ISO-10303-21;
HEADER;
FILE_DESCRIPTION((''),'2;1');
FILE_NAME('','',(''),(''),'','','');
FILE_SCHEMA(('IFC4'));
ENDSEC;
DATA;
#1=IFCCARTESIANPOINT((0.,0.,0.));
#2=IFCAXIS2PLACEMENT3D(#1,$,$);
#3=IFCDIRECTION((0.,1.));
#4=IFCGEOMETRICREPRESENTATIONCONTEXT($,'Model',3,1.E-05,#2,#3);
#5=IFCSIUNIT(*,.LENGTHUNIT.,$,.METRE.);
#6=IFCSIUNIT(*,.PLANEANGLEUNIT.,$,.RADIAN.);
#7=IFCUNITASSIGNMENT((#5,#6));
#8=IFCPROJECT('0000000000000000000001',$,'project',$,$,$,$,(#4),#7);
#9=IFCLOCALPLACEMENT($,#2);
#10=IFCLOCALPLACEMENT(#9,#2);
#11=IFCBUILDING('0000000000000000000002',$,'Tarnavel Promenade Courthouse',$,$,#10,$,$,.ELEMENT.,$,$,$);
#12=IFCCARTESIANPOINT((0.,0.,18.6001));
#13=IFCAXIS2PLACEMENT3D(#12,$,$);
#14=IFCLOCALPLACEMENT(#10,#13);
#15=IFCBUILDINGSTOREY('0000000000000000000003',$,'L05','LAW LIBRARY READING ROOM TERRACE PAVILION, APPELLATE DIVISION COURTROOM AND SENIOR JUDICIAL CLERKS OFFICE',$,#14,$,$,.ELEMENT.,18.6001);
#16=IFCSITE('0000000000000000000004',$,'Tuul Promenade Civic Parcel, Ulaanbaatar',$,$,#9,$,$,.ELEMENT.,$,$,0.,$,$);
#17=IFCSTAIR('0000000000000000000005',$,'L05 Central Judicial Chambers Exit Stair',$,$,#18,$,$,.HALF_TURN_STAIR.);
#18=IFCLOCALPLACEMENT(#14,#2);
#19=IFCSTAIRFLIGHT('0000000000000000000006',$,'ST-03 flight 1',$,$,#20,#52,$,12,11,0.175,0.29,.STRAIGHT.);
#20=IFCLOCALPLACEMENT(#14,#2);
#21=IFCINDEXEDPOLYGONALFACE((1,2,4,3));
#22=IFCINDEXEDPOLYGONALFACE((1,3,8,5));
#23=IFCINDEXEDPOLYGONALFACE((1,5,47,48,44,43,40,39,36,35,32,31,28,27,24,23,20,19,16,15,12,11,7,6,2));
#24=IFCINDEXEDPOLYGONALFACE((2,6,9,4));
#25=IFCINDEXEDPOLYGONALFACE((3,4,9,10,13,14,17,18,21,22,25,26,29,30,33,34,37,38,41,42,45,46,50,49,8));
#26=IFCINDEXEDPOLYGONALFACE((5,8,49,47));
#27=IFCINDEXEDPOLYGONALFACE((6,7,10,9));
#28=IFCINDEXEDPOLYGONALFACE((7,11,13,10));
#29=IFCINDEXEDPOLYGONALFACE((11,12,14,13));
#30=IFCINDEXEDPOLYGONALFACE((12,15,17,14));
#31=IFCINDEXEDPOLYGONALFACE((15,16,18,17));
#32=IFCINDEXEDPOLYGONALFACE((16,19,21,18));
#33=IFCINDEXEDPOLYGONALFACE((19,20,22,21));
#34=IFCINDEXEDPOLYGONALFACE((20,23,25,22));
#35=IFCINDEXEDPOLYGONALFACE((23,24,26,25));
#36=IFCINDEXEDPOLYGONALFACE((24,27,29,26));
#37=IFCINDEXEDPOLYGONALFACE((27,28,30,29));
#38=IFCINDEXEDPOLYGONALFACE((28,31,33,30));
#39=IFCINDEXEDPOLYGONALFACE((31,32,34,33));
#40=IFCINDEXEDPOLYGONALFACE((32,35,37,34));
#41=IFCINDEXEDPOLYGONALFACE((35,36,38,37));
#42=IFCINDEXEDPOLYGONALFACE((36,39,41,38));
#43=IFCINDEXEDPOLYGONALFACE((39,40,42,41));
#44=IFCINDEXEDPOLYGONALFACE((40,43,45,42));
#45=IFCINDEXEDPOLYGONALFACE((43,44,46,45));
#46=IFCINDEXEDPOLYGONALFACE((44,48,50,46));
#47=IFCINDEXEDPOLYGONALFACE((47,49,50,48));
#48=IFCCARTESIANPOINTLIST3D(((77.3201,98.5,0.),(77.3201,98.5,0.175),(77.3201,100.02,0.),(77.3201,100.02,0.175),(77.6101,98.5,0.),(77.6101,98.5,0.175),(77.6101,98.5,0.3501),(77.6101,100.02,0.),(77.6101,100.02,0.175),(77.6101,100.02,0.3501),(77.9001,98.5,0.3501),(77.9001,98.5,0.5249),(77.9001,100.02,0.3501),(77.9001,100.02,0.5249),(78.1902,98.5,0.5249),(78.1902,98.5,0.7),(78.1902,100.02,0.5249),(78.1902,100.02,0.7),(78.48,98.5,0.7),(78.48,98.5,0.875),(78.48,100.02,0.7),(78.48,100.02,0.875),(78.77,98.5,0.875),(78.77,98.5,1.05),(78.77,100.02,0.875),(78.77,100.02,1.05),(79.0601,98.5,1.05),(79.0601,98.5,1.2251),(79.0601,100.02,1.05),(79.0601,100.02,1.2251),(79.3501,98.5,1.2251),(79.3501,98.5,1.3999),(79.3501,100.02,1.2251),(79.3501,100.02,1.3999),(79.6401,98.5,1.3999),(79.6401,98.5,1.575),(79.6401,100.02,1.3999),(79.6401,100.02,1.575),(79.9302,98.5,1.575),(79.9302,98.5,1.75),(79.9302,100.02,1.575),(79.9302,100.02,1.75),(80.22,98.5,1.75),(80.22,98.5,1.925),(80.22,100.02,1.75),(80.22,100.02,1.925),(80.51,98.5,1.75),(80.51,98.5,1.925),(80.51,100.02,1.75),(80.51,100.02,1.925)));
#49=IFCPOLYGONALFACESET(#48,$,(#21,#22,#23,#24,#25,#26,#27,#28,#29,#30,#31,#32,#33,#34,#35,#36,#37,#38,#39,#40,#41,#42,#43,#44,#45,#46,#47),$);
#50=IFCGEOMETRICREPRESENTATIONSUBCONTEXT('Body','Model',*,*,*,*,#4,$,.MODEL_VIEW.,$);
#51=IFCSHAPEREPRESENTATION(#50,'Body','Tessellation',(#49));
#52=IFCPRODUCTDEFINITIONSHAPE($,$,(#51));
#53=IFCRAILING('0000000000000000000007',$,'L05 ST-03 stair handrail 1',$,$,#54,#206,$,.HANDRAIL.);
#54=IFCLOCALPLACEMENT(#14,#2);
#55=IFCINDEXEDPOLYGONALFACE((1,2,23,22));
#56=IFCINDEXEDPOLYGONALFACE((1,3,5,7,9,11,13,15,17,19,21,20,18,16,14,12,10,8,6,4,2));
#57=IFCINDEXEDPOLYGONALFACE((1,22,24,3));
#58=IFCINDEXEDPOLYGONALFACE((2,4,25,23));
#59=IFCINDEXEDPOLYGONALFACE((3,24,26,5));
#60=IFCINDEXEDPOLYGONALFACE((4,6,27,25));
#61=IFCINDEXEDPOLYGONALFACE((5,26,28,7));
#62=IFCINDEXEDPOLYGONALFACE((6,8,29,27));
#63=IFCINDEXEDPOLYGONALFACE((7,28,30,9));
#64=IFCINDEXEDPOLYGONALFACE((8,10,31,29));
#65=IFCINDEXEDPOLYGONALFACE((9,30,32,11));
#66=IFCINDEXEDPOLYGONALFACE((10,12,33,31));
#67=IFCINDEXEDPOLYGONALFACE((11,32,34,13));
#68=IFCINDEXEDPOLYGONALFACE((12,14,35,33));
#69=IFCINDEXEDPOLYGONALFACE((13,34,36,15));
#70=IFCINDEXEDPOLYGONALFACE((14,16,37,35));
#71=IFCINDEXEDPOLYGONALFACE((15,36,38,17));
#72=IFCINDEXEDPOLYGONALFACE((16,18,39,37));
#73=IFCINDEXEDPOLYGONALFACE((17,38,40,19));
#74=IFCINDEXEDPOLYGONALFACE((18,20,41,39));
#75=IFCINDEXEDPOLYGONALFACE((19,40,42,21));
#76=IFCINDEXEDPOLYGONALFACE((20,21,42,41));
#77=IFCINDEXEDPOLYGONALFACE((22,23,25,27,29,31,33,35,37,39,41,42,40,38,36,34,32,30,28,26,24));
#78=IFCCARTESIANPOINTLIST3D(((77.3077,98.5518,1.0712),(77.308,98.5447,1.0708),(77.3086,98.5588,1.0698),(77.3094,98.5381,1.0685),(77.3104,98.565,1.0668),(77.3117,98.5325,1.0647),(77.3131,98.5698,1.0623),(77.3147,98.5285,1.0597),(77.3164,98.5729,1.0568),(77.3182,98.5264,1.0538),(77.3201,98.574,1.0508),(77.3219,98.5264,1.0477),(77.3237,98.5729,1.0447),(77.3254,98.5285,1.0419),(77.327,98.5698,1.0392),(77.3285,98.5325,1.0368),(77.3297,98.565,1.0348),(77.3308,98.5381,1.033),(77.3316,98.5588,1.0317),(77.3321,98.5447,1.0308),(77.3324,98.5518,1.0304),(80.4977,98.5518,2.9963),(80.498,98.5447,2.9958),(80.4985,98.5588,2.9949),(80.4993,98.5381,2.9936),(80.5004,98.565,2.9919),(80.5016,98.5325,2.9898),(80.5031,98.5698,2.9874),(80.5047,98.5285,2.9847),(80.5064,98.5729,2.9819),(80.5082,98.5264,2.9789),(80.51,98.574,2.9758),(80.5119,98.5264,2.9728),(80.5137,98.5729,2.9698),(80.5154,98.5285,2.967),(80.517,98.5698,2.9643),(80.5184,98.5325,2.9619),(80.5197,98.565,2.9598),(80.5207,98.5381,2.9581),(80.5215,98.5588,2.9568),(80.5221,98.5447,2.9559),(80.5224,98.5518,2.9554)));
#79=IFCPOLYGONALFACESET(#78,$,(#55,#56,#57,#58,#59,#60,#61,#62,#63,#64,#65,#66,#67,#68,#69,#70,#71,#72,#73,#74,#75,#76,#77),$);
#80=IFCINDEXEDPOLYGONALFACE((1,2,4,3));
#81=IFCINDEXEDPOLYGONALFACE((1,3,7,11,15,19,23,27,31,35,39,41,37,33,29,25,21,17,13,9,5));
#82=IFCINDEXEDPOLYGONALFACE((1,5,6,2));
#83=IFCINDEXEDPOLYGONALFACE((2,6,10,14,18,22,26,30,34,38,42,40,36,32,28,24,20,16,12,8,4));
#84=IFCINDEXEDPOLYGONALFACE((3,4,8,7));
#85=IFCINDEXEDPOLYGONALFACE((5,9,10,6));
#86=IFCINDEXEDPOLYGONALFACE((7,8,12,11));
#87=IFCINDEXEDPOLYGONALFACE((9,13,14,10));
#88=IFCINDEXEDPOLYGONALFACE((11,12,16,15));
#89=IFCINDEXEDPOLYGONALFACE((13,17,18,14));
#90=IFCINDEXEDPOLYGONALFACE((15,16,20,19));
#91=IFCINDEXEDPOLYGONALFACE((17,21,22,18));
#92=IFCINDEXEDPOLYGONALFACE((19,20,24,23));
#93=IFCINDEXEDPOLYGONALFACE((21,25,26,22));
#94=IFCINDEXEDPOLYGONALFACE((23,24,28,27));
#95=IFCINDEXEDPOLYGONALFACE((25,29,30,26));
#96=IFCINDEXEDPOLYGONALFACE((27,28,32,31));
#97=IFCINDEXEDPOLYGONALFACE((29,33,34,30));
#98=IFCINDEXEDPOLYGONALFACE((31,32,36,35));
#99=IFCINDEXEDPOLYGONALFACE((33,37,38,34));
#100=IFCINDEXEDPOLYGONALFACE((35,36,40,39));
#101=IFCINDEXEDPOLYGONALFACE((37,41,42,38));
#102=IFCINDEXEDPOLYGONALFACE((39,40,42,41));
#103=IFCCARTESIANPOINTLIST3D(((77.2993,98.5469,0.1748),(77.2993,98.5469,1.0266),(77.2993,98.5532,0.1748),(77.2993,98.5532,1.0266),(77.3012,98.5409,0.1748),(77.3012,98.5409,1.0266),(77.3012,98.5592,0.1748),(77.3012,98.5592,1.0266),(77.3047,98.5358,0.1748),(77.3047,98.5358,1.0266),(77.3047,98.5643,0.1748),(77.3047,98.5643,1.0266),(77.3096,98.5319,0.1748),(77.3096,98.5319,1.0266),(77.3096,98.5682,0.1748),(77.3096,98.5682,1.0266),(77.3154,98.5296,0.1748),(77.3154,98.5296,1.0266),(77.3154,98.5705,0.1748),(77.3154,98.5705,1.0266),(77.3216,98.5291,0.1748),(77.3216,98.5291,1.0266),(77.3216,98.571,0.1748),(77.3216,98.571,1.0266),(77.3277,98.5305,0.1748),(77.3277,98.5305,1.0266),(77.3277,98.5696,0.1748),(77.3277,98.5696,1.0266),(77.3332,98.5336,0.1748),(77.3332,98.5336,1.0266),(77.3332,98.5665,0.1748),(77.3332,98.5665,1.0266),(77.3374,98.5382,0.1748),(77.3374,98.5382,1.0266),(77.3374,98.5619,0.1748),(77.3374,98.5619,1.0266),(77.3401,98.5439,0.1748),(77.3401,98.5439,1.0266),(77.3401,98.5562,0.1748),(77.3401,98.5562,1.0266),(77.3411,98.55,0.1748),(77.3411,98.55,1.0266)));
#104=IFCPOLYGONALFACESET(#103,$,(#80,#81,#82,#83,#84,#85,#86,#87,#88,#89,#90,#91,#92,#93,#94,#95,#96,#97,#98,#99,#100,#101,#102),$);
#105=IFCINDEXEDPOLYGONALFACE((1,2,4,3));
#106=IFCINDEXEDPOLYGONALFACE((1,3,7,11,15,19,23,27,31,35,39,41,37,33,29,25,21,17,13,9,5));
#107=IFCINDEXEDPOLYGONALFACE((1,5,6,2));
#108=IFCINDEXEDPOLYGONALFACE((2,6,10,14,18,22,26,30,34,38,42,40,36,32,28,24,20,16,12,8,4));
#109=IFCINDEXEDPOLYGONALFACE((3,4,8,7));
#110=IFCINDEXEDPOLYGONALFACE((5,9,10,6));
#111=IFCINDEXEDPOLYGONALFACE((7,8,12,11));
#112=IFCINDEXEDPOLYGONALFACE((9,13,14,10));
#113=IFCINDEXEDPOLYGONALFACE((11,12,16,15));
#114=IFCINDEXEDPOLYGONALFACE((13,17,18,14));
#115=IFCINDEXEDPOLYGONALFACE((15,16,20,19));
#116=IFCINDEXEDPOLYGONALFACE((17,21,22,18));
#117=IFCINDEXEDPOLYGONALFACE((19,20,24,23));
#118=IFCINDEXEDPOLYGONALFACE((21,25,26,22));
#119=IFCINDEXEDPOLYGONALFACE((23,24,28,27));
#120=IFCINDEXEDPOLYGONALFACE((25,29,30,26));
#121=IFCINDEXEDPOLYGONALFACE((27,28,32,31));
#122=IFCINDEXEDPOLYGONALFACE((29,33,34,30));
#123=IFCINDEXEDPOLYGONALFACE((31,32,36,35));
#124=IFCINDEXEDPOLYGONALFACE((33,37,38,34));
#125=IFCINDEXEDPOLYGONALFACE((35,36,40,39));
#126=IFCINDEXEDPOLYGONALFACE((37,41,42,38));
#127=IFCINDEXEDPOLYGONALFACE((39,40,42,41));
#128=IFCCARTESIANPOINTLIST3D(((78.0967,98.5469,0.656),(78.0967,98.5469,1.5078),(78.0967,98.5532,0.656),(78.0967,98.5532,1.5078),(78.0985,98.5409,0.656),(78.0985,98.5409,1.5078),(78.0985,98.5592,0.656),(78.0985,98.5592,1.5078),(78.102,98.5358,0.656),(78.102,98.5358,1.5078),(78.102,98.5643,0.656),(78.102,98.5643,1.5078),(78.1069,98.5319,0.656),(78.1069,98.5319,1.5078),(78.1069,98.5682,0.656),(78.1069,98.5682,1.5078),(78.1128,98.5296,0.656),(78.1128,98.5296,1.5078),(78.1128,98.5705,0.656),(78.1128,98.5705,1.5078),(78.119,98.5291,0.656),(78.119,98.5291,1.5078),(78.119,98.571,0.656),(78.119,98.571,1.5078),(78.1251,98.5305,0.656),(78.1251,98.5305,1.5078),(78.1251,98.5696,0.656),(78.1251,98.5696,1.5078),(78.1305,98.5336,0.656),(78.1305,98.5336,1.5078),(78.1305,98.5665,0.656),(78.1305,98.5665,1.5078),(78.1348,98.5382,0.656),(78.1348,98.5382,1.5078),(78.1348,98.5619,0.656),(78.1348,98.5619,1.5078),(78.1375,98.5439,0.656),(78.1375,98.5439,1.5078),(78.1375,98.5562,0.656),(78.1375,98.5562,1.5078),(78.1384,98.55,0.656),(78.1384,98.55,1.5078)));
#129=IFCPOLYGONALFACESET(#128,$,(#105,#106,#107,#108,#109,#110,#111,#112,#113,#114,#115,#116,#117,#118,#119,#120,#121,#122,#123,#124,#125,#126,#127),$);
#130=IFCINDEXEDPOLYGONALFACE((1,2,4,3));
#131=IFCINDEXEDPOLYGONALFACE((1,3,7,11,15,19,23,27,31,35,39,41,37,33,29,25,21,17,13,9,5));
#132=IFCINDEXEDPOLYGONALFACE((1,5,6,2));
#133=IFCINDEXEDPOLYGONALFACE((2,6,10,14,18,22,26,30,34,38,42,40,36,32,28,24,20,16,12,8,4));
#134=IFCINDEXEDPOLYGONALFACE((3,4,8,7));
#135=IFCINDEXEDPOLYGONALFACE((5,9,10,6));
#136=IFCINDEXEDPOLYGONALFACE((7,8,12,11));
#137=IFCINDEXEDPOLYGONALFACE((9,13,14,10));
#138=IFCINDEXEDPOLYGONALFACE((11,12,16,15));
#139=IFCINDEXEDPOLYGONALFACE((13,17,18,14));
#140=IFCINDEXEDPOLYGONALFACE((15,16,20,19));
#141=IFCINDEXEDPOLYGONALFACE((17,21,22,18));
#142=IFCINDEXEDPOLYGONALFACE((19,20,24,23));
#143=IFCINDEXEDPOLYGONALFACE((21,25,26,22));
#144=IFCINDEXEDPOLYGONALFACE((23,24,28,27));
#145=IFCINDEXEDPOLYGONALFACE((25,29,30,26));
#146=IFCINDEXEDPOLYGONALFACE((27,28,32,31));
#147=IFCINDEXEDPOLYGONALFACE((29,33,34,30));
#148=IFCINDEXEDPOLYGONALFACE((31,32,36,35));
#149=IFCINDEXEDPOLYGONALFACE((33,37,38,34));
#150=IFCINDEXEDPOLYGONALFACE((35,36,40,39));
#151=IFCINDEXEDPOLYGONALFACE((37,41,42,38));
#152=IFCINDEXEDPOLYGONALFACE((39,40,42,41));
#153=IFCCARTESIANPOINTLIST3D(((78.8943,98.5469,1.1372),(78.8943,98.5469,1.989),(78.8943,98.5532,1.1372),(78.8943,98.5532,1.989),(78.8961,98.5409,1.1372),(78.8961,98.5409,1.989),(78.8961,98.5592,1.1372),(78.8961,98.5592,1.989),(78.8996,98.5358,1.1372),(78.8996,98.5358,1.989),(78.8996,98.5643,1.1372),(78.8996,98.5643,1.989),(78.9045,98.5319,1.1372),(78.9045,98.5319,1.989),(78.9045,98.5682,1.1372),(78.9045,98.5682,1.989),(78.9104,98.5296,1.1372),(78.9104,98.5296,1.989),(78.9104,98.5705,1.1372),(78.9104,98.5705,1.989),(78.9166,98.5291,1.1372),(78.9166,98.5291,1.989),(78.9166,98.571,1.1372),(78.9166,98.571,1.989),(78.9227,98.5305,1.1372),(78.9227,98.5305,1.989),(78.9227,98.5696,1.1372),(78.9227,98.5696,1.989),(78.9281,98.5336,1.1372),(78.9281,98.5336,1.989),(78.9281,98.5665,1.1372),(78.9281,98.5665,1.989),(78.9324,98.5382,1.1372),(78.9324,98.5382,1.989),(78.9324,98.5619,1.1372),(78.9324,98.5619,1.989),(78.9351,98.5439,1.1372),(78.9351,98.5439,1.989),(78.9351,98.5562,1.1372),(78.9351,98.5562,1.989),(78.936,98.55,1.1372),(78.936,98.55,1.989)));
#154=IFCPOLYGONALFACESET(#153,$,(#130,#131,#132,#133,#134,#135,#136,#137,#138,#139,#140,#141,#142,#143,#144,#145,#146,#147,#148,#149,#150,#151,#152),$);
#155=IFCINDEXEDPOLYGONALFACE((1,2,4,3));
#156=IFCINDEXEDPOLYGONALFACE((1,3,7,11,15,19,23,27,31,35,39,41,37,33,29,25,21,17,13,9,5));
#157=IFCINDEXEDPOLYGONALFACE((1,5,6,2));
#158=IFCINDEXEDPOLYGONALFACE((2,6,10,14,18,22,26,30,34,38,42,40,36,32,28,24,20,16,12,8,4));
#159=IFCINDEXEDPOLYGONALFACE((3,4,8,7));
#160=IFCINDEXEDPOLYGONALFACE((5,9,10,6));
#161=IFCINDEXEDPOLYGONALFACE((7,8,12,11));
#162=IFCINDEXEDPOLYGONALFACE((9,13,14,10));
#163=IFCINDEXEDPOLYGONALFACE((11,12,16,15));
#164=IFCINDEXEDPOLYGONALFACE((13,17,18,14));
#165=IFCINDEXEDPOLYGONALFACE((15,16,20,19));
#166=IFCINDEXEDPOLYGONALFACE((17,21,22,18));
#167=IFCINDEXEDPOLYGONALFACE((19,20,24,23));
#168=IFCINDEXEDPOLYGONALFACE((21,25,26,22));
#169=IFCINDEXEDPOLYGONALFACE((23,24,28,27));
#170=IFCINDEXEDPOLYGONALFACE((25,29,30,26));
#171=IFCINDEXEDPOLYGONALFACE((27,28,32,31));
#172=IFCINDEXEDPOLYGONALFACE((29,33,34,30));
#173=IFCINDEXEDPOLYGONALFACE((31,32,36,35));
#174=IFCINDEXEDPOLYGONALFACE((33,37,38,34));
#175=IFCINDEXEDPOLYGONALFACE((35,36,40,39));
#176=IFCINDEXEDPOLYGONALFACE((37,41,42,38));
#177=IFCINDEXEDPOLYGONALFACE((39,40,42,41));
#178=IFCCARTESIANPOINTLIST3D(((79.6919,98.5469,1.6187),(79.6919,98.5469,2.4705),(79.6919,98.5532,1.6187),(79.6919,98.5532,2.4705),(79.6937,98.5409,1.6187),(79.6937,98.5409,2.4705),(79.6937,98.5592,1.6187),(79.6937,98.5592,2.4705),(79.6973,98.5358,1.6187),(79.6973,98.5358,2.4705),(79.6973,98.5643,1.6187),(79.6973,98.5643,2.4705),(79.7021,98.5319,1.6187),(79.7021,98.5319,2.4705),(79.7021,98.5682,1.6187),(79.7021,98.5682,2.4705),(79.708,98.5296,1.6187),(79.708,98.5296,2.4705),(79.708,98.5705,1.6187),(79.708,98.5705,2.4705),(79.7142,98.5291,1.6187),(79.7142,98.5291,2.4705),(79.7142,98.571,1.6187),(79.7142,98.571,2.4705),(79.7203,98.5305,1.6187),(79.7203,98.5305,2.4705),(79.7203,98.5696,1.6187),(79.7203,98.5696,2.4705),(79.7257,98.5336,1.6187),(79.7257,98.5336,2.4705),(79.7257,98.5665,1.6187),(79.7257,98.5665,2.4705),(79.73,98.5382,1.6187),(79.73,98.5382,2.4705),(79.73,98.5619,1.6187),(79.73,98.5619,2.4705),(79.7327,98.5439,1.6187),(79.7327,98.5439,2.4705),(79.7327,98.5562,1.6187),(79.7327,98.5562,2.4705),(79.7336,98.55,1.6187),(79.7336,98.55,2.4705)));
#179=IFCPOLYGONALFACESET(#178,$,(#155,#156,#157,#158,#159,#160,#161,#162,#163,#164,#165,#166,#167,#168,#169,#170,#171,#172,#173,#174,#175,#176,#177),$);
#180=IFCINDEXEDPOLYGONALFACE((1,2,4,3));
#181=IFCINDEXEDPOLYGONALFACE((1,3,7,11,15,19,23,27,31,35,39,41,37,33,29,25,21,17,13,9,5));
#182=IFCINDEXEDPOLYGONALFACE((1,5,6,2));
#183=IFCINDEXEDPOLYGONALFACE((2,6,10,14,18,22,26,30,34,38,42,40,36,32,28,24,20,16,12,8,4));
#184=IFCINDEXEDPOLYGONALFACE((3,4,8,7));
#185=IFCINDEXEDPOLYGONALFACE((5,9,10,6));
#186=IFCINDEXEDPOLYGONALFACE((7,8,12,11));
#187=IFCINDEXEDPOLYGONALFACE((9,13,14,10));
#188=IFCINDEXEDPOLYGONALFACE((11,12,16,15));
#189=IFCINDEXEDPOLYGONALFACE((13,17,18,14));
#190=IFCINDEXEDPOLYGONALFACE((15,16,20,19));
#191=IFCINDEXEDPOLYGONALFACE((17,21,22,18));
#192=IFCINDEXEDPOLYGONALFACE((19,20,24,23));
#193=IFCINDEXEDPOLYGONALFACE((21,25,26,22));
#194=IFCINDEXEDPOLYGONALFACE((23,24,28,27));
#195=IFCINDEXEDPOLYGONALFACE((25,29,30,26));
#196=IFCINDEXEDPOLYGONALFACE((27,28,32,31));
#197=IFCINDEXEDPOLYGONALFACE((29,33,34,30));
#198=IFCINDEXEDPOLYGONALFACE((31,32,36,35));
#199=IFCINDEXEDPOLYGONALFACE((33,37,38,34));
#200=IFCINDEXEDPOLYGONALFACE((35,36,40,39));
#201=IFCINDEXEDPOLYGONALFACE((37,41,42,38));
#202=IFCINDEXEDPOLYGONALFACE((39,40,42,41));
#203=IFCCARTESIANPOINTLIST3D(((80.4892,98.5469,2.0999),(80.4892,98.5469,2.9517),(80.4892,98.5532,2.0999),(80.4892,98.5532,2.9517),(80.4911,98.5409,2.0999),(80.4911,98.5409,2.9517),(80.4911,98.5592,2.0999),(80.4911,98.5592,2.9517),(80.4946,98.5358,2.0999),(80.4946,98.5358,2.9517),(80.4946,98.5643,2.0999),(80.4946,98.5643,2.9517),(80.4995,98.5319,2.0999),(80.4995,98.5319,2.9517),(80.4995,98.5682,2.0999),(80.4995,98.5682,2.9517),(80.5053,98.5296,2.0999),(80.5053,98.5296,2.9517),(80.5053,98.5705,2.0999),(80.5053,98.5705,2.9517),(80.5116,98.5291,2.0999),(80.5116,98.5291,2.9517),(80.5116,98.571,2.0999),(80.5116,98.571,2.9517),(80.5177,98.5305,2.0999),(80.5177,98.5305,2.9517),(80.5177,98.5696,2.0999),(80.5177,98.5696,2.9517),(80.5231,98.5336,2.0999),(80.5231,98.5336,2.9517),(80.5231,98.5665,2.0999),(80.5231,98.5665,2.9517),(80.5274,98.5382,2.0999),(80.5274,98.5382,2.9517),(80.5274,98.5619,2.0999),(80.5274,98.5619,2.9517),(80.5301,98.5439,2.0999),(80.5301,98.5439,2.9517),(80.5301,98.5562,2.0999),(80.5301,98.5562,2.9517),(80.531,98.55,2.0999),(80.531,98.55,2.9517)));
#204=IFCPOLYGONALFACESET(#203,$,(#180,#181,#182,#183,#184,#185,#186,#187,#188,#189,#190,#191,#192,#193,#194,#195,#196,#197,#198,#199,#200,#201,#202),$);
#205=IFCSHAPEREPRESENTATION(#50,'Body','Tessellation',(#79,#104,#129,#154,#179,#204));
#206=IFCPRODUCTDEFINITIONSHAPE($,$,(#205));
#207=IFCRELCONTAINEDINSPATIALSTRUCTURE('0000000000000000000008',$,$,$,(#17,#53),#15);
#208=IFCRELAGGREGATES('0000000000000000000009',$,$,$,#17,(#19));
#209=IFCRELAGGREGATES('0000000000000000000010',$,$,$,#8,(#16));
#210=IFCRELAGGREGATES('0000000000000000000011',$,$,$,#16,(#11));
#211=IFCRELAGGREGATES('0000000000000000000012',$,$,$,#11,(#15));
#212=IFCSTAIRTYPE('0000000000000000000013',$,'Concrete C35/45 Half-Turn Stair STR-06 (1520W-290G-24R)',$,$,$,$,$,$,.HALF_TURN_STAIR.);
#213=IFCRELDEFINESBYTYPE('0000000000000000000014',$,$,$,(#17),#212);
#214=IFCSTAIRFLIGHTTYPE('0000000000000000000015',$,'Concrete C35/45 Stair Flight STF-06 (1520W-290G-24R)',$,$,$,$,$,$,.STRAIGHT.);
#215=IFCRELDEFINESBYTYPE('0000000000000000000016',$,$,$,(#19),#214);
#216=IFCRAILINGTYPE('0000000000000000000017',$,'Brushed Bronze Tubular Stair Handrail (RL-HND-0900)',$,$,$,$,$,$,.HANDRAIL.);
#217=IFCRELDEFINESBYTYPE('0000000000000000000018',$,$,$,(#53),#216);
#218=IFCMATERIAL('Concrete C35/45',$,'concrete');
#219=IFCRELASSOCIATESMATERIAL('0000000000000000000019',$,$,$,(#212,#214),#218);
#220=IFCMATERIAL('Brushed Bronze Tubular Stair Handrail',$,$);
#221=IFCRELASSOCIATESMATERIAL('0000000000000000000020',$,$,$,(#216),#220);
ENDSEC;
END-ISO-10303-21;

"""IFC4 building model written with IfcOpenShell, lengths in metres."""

from ifc_helpers import new_model, si_unit, direction, frame, origin, origin_2d, place, context, subcontext, project, spatial, polyline, circle, outline, extrude, material, type_object, element, aggregate, save


model = new_model("IFC4")

# Units and contexts
model_context = context("Model", 3, precision=1e-05, world=origin(), true_north=direction((0.0, 1.0)))
body_context = subcontext(model_context, "Body", "Model", "MODEL_VIEW")
ifc_project = project(units=[si_unit("LENGTHUNIT", "METRE"), si_unit("PLANEANGLEUNIT", "RADIAN")], contexts=[model_context])

# Site, building, storey
site_placement = place(None, origin())
site = spatial("IfcSite", under=ifc_project, at=site_placement, Name="Tuul Promenade Civic Parcel, Ulaanbaatar", CompositionType="ELEMENT", RefElevation=0.0)
building_placement = place(site_placement, origin())
building = spatial("IfcBuilding", under=site, at=building_placement, Name="Tarnavel Promenade Courthouse", CompositionType="ELEMENT")
storey_placement = place(building_placement, frame((0.0, 0.0, 18.6001)))
storey = spatial("IfcBuildingStorey", under=building, at=storey_placement, Name="L05", Description="LAW LIBRARY READING ROOM TERRACE PAVILION, APPELLATE DIVISION COURTROOM AND SENIOR JUDICIAL CLERKS OFFICE", CompositionType="ELEMENT", Elevation=18.6001)

# Stair, stair flight
ifc_material_1 = material(Name="Concrete C35/45", Category="concrete")
stair_type = type_object("IfcStairType", Name="Concrete C35/45 Half-Turn Stair STR-06 (1520W-290G-24R)", PredefinedType="HALF_TURN_STAIR", material=ifc_material_1)
stair_placement = place(storey_placement, origin())
stair = element("IfcStair", 1, at=stair_placement, inside=storey, type_object=stair_type, Name="L05 Central Judicial Chambers Exit Stair", PredefinedType="HALF_TURN_STAIR")
stair_flight_type = type_object("IfcStairFlightType", Name="Concrete C35/45 Stair Flight STF-06 (1520W-290G-24R)", PredefinedType="STRAIGHT", material=ifc_material_1)
stair_flight_placement = place(storey_placement, frame((77.3201, 99.26, 0.0), z_axis=(0.0, 0.0, 1.0), x_axis=(1.0, 0.0, 0.0)))
stair_flight = element("IfcStairFlight", 2, at=stair_flight_placement, type_object=stair_flight_type, Name="ST-03 flight 1", NumberOfRisers=12, NumberOfTreads=11, PredefinedType="STRAIGHT", RiserHeight=0.175, TreadLength=0.29, context=body_context, shape_type="SweptSolid", body=[
    extrude(outline(polyline([(0.0, 0.0), (0.0, 0.175), (0.29, 0.175), (0.29, 0.3501), (0.5801, 0.3501), (0.5801, 0.5249), (0.8701, 0.5249), (0.8701, 0.7), (1.1599, 0.7), (1.1599, 0.875), (1.45, 0.875), (1.45, 1.05), (1.74, 1.05), (1.74, 1.2251), (2.03, 1.2251), (2.03, 1.3999), (2.3201, 1.3999), (2.3201, 1.575), (2.6101, 1.575), (2.6101, 1.75), (2.8999, 1.75), (2.8999, 1.925), (3.1899, 1.925), (3.1899, 2.1001), (3.1899, 1.75), (0.29, 0.0), (0.0, 0.0)])), frame((0.0, 0.76, 0.0), z_axis=(0.0, -1.0, 0.0), x_axis=(1.0, 0.0, 0.0)), (0.0, 0.0, 1.0), 1.52),
])
aggregate(stair, [stair_flight])

# Railing
ifc_material_2 = material(Name="Brushed Bronze Tubular Stair Handrail")
railing_type_1 = type_object("IfcRailingType", Name="Brushed Bronze Tubular Stair Handrail (RL-HND-0900)", PredefinedType="HANDRAIL", material=ifc_material_2)
railing_1_placement = place(storey_placement, frame((77.3201, 98.55, 0.1748)))
element("IfcRailing", 3, at=railing_1_placement, inside=storey, type_object=railing_type_1, Name="L05 ST-03 stair handrail 1", PredefinedType="HANDRAIL", context=body_context, shape_type="SweptSolid", body=[
    extrude(circle(Radius=0.0239, at=origin_2d()), frame((0.0, 0.0, 0.876), z_axis=(0.856178, 0.0, 0.516682), x_axis=(0.0, 1.0, 0.0)), (0.0, 0.0, 1.0), 3.7258),
    extrude(circle(Radius=0.021, at=origin_2d()), origin(), (0.0, 0.0, 1.0), 0.8518),
    extrude(circle(Radius=0.021, at=origin_2d()), frame((0.7974, 0.0, 0.4812)), (0.0, 0.0, 1.0), 0.8518),
    extrude(circle(Radius=0.021, at=origin_2d()), frame((1.595, 0.0, 0.9624)), (0.0, 0.0, 1.0), 0.8518),
    extrude(circle(Radius=0.021, at=origin_2d()), frame((2.3926, 0.0, 1.4438)), (0.0, 0.0, 1.0), 0.8518),
    extrude(circle(Radius=0.021, at=origin_2d()), frame((3.1899, 0.0, 1.925)), (0.0, 0.0, 1.0), 0.8518),
])

save(model, "model.ifc")
